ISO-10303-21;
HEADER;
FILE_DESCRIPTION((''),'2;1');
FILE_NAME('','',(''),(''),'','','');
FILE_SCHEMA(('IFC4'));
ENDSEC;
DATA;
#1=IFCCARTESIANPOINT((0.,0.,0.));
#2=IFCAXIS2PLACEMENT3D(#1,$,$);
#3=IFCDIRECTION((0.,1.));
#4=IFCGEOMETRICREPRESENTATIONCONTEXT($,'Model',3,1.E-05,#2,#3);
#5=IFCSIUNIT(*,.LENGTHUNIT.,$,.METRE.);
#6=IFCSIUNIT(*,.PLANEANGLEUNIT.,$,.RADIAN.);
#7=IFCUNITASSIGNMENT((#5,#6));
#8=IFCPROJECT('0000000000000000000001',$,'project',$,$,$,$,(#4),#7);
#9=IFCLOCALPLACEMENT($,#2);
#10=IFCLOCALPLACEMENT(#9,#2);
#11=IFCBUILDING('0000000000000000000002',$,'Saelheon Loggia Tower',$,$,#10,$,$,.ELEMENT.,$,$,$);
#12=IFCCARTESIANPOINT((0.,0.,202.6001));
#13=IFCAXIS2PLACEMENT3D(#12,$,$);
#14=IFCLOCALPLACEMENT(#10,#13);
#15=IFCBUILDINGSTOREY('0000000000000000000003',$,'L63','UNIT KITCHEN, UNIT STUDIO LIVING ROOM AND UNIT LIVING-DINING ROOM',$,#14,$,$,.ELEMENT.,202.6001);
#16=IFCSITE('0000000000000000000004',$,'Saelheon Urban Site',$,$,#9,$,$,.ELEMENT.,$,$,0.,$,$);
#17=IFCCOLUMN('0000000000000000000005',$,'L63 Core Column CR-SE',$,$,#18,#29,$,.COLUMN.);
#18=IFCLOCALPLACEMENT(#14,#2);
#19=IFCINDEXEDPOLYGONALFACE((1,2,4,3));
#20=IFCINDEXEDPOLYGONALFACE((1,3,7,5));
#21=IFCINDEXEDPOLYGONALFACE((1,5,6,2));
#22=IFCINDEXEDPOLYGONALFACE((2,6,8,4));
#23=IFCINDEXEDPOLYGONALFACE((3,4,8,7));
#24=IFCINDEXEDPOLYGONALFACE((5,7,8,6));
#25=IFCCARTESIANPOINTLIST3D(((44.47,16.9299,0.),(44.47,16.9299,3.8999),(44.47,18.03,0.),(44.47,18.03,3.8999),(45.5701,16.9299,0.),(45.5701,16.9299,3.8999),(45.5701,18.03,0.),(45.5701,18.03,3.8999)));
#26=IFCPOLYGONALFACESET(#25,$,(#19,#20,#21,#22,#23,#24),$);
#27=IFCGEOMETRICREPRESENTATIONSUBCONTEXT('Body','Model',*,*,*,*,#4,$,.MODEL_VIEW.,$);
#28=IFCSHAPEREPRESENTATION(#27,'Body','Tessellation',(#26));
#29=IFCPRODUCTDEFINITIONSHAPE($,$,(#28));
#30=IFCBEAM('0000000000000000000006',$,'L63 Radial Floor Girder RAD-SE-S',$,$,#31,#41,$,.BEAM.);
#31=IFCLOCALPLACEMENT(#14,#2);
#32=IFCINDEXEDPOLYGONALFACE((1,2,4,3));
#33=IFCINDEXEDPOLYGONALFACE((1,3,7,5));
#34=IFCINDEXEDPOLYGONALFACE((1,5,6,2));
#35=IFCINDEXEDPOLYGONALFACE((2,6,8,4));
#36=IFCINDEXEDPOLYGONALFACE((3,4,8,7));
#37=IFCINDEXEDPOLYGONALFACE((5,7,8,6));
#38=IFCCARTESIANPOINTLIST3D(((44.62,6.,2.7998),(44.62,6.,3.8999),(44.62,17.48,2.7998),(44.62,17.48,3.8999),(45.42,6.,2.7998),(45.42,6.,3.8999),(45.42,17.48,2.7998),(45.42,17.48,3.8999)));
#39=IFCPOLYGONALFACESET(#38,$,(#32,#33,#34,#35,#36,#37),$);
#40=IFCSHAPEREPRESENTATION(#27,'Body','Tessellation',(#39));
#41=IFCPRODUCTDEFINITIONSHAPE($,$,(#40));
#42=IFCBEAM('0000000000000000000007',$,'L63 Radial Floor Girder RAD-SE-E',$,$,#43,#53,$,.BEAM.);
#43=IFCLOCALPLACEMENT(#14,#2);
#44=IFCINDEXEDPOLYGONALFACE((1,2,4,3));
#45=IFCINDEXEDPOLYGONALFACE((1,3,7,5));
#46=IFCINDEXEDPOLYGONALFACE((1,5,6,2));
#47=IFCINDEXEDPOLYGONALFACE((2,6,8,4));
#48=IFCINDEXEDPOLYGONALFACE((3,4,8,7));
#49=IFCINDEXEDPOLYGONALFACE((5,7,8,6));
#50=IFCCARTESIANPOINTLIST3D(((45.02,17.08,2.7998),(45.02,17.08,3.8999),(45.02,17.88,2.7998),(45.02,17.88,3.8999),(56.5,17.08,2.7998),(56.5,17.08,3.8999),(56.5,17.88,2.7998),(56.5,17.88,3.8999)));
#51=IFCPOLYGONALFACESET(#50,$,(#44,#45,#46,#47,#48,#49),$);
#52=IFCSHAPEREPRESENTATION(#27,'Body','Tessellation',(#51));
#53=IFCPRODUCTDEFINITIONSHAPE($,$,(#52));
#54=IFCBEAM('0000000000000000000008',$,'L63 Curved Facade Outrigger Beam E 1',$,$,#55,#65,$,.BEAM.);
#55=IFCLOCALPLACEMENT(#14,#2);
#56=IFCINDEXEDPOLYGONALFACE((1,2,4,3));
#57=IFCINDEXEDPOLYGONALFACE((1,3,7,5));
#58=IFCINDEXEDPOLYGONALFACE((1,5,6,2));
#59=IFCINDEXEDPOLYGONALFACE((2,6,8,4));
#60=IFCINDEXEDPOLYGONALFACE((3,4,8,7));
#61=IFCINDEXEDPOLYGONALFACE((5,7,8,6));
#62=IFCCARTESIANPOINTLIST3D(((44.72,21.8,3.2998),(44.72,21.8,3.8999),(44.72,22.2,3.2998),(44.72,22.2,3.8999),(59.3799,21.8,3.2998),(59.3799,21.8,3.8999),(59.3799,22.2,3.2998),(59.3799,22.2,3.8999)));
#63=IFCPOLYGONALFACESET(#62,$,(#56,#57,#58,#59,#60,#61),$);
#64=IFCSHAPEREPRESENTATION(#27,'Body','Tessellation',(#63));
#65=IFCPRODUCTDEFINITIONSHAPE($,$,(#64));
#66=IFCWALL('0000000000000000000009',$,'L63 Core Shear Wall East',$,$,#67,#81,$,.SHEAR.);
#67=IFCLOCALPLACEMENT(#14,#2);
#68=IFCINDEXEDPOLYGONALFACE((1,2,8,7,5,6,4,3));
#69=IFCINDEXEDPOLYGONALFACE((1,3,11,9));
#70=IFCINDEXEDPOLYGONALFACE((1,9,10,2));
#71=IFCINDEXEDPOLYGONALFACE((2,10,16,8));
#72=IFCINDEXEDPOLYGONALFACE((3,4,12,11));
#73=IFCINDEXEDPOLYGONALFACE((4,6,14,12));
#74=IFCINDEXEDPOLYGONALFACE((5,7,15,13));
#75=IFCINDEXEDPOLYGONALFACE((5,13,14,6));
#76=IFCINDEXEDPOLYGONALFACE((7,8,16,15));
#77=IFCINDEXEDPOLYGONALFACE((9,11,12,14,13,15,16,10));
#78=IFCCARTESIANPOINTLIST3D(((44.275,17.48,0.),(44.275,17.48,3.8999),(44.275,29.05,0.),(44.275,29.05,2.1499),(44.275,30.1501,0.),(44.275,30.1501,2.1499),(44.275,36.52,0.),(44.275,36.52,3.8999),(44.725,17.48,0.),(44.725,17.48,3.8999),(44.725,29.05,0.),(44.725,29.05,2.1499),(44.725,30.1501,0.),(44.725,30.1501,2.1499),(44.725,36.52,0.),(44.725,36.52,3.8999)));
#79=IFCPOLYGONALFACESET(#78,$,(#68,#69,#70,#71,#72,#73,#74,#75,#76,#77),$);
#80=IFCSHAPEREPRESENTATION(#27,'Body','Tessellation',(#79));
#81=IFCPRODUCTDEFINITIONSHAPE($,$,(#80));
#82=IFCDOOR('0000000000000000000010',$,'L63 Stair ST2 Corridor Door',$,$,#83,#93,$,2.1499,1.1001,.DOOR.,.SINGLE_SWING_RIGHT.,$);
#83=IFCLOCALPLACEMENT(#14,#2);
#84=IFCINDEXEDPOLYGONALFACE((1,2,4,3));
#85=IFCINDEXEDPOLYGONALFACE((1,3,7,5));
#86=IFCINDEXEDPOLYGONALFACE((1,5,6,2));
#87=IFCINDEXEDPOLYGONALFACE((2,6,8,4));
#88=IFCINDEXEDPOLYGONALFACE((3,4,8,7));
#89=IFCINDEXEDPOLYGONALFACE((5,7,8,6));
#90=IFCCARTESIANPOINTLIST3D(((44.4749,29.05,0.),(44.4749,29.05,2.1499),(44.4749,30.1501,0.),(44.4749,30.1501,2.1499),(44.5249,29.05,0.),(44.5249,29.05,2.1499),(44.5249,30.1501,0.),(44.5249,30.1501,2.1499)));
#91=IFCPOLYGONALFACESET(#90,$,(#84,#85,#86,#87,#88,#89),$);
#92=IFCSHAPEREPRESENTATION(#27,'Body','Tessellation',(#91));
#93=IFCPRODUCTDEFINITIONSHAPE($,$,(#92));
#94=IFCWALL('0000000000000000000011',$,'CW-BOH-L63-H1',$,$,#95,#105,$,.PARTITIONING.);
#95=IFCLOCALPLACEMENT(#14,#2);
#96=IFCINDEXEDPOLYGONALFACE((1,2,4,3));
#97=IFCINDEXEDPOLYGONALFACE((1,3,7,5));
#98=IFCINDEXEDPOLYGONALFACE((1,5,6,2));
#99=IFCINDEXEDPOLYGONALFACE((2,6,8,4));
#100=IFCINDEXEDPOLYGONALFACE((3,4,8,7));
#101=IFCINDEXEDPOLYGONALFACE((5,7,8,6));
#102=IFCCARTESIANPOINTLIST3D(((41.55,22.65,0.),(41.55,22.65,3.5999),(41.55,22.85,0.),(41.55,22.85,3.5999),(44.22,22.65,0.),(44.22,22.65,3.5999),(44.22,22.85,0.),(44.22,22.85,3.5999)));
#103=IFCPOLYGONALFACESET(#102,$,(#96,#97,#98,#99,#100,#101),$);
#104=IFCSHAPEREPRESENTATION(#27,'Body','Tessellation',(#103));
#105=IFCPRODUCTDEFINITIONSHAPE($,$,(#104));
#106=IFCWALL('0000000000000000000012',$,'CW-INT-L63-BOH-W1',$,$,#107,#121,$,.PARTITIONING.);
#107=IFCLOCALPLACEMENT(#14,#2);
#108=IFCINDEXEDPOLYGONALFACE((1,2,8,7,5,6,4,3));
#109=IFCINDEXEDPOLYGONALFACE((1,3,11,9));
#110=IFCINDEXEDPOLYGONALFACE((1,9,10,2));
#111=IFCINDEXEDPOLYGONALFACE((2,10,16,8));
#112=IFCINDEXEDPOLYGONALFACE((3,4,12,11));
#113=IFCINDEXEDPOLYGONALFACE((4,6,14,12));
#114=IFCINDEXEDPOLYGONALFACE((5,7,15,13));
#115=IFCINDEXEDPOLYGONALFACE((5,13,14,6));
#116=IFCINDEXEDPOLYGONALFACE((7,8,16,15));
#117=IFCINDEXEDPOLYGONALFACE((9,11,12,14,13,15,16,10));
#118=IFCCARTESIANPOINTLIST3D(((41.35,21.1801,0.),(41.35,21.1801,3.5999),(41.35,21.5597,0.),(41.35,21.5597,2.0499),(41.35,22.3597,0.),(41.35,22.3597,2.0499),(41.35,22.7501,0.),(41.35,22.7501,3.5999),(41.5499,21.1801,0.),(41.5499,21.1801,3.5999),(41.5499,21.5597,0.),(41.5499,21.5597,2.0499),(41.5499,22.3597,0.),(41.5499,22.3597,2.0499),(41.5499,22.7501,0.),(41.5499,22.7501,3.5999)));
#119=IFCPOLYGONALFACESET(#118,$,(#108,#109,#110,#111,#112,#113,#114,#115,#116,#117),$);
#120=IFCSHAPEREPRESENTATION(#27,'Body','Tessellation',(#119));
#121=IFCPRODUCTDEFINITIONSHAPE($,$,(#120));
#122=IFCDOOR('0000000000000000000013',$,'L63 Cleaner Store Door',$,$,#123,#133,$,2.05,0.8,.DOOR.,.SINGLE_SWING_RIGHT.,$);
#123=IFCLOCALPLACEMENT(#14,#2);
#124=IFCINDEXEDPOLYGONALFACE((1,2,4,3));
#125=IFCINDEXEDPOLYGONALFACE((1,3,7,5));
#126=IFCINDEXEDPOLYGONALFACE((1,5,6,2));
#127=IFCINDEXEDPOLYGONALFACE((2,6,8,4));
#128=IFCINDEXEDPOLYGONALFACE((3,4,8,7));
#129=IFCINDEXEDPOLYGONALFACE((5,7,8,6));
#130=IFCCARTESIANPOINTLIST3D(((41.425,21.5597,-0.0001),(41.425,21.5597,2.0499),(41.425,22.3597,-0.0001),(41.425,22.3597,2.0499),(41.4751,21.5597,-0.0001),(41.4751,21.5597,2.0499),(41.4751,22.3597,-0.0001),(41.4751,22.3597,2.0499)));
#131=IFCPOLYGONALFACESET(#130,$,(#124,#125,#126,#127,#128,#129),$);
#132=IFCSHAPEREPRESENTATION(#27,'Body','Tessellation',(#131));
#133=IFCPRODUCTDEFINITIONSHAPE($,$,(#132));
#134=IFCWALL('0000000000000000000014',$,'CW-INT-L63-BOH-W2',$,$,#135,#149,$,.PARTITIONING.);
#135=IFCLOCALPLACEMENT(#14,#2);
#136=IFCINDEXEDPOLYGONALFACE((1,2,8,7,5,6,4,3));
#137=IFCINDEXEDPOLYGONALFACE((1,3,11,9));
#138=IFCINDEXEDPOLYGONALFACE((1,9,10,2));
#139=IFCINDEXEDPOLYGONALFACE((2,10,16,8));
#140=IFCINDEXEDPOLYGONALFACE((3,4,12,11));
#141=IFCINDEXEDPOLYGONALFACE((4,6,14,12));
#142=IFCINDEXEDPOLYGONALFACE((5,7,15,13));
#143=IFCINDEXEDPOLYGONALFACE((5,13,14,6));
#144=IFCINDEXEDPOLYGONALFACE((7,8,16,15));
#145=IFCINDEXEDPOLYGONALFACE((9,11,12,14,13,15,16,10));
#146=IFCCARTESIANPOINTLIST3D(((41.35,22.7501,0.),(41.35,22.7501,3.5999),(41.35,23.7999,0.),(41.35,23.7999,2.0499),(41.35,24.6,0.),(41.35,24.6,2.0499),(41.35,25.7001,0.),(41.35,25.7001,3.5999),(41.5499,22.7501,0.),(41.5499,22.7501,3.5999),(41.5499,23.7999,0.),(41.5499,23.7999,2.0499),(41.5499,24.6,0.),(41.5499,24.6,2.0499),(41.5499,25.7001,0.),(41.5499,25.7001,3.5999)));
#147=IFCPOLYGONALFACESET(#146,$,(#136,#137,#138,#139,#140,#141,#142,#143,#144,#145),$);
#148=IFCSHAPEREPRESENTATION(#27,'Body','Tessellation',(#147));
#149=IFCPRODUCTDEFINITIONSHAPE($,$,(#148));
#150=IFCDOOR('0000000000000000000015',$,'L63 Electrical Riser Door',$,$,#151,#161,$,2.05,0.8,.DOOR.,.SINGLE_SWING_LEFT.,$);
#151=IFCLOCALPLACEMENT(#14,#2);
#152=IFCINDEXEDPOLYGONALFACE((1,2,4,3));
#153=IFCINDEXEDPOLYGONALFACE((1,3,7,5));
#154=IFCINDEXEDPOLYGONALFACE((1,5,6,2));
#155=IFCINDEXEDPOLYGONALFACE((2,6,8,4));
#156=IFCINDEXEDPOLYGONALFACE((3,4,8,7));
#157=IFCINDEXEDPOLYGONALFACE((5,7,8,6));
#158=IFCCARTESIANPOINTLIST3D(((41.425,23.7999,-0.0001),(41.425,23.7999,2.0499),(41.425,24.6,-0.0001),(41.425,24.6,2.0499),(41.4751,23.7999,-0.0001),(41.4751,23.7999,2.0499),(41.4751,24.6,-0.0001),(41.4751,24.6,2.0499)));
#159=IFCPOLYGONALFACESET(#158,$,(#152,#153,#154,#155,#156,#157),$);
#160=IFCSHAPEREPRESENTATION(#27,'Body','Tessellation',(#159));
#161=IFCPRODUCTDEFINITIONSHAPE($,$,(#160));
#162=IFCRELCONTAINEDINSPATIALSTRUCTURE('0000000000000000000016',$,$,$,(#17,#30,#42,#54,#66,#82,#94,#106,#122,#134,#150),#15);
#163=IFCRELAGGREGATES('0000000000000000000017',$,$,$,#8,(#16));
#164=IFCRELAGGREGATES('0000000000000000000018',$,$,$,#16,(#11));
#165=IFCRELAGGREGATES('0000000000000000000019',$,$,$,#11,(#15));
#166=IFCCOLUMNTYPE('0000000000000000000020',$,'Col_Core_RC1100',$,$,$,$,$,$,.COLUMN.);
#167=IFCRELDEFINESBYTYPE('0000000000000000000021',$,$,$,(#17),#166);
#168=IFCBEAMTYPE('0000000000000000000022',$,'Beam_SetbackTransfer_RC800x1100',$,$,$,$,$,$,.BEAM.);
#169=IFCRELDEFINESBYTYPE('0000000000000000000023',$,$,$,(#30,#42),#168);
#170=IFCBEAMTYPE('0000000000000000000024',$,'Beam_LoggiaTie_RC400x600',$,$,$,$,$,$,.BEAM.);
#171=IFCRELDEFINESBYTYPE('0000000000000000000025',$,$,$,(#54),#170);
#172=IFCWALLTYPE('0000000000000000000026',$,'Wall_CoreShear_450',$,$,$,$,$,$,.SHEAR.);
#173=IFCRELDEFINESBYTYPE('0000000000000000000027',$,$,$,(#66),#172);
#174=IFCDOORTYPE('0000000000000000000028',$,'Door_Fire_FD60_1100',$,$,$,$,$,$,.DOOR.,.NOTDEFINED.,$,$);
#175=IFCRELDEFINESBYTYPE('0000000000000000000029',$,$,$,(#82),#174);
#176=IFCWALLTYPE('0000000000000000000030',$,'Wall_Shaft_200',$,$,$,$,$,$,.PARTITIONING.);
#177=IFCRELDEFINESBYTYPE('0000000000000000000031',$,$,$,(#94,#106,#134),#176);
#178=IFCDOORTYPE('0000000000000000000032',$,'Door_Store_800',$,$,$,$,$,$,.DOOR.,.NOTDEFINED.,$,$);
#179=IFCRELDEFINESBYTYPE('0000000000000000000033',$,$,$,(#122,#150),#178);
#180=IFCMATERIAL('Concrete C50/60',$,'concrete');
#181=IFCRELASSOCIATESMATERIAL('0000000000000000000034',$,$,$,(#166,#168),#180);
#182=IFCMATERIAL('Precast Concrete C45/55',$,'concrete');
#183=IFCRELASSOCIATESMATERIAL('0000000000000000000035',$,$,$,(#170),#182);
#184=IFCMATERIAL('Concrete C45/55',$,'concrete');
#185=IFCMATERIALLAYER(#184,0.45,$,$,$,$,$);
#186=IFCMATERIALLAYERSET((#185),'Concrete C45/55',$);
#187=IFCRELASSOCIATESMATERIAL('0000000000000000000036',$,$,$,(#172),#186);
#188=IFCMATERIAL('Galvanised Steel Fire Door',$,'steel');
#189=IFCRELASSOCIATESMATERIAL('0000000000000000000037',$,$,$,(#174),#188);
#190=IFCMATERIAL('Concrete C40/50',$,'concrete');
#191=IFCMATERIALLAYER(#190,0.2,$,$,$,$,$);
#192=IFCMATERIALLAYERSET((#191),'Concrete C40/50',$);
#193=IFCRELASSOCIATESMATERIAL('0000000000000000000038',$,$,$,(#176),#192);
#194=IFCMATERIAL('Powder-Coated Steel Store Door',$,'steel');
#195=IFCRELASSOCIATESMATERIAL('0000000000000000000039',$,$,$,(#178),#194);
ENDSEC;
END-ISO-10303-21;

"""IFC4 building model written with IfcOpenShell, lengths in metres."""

from ifc_helpers import new_model, si_unit, direction, frame, frame_2d, origin, origin_2d, place, context, subcontext, project, spatial, rectangle, extrude, source, transform, mapped, material, layer, layer_set, material_profile, profile_set, type_object, element, fill, save


model = new_model("IFC4")

# Units and contexts
model_context = context("Model", 3, precision=1e-05, world=origin(), true_north=direction((0.0, 1.0)))
body_context = subcontext(model_context, "Body", "Model", "MODEL_VIEW")
ifc_project = project(units=[si_unit("LENGTHUNIT", "METRE"), si_unit("PLANEANGLEUNIT", "RADIAN")], contexts=[model_context])

# Site, building, storey
site_placement = place(None, origin())
site = spatial("IfcSite", under=ifc_project, at=site_placement, Name="Saelheon Urban Site", CompositionType="ELEMENT", RefElevation=0.0)
building_placement = place(site_placement, origin())
building = spatial("IfcBuilding", under=site, at=building_placement, Name="Saelheon Loggia Tower", CompositionType="ELEMENT")
storey_placement = place(building_placement, frame((0.0, 0.0, 202.6001)))
storey = spatial("IfcBuildingStorey", under=building, at=storey_placement, Name="L63", Description="UNIT KITCHEN, UNIT STUDIO LIVING ROOM AND UNIT LIVING-DINING ROOM", CompositionType="ELEMENT", Elevation=202.6001)

# Column
ifc_material_1 = material(Name="Concrete C50/60", Category="concrete")
ifc_material_profile_1 = material_profile(ifc_material_1, rectangle(XDim=1.1001, YDim=1.1001, at=origin_2d()), Name="RC-1100x1100")
ifc_profile_set_1 = profile_set([ifc_material_profile_1], Name="Concrete C50/60")
column_type = type_object("IfcColumnType", Name="Col_Core_RC1100", PredefinedType="COLUMN", material=ifc_profile_set_1)
shared_shape_1 = source(origin(), body_context, "Body", "SweptSolid", [
    extrude(rectangle(XDim=1.1001, YDim=1.1001, at=origin_2d()), origin(), (0.0, 0.0, 1.0), 3.8999),
])
column_placement = place(storey_placement, frame((45.02, 17.48, 0.0), z_axis=(0.0, 0.0, 1.0), x_axis=(1.0, 0.0, 0.0)))
element("IfcColumn", 1, at=column_placement, inside=storey, type_object=column_type, Name="L63 Core Column CR-SE", PredefinedType="COLUMN", context=body_context, shape_type="MappedRepresentation", body=[
    mapped(shared_shape_1, transform((0.0, 0.0, 0.0), scale=1.0)),
])

# Beams
ifc_material_profile_2 = material_profile(ifc_material_1, rectangle(XDim=0.8, YDim=1.1001, at=origin_2d()), Name="RC-800x1100")
ifc_profile_set_2 = profile_set([ifc_material_profile_2], Name="Concrete C50/60")
beam_type_1 = type_object("IfcBeamType", Name="Beam_SetbackTransfer_RC800x1100", PredefinedType="BEAM", material=ifc_profile_set_2)
shared_shape_2 = source(origin(), body_context, "Body", "SweptSolid", [
    extrude(rectangle(XDim=0.8, YDim=1.1001, at=origin_2d()), origin(), (0.0, 0.0, 1.0), 11.48),
])
for number, where, z_axis, x_axis, name in (
    (2, (45.02, 17.48, 3.3499), (0.0, -1.0, 0.0), (1.0, 0.0, 0.0), "L63 Radial Floor Girder RAD-SE-S"),
    (3, (45.02, 17.48, 3.3499), (1.0, 0.0, 0.0), (0.0, 1.0, 0.0), "L63 Radial Floor Girder RAD-SE-E"),
):
    element("IfcBeam", number, at=place(storey_placement, frame(where, z_axis=z_axis, x_axis=x_axis)), inside=storey, type_object=beam_type_1, Name=name, PredefinedType="BEAM", context=body_context, shape_type="MappedRepresentation", body=[
        mapped(shared_shape_2, transform((0.0, 0.0, 0.0), scale=1.0)),
    ])
ifc_material_2 = material(Name="Precast Concrete C45/55", Category="concrete")
ifc_material_profile_3 = material_profile(ifc_material_2, rectangle(XDim=0.3999, YDim=0.6001, at=origin_2d()), Name="RC-400x600")
ifc_profile_set_3 = profile_set([ifc_material_profile_3], Name="Precast Concrete C45/55")
beam_type_2 = type_object("IfcBeamType", Name="Beam_LoggiaTie_RC400x600", PredefinedType="BEAM", material=ifc_profile_set_3)
shared_shape_3 = source(origin(), body_context, "Body", "SweptSolid", [
    extrude(rectangle(XDim=0.3999, YDim=0.6001, at=origin_2d()), origin(), (0.0, 0.0, 1.0), 14.6599),
])
beam_placement = place(storey_placement, frame((44.72, 22.0, 3.5999), z_axis=(1.0, 0.0, 0.0), x_axis=(0.0, 1.0, 0.0)))
element("IfcBeam", 4, at=beam_placement, inside=storey, type_object=beam_type_2, Name="L63 Curved Facade Outrigger Beam E 1", PredefinedType="BEAM", context=body_context, shape_type="MappedRepresentation", body=[
    mapped(shared_shape_3, transform((0.0, 0.0, 0.0), scale=1.0)),
])

# Wall, opening, door
ifc_material_3 = material(Name="Concrete C45/55", Category="concrete")
ifc_layer_1 = layer(ifc_material_3, 0.45)
ifc_layer_set_1 = layer_set([ifc_layer_1], Name="Concrete C45/55")
wall_type_1 = type_object("IfcWallType", Name="Wall_CoreShear_450", PredefinedType="SHEAR", material=ifc_layer_set_1)
wall_1_placement = place(storey_placement, frame((44.5, 17.48, 0.0), z_axis=(0.0, 0.0, 1.0), x_axis=(0.0, 1.0, 0.0)))
wall_1 = element("IfcWall", 5, at=wall_1_placement, inside=storey, type_object=wall_type_1, Name="L63 Core Shear Wall East", PredefinedType="SHEAR", context=body_context, shape_type="SweptSolid", body=[
    extrude(rectangle(XDim=19.04, YDim=0.45, at=frame_2d((9.52, 0.0))), origin(), (0.0, 0.0, 1.0), 3.8999),
])
opening_1_placement = place(wall_1_placement, frame((12.6702, 0.0, 0.0), z_axis=(0.0, 0.0, 1.0), x_axis=(-1.0, 0.0, 0.0)))
opening_1 = element("IfcOpeningElement", 6, at=opening_1_placement, cuts=wall_1, PredefinedType="OPENING", context=body_context, shape_type="SweptSolid", body=[
    extrude(rectangle(XDim=1.1001, YDim=2.1499, at=frame_2d((0.55, 1.075))), frame((0.0, 0.2371, 0.0), z_axis=(0.0, -1.0, 0.0), x_axis=(1.0, 0.0, 0.0)), (0.0, 0.0, 1.0), 0.4739),
])
ifc_material_4 = material(Name="Galvanised Steel Fire Door", Category="steel")
door_type_1 = type_object("IfcDoorType", Name="Door_Fire_FD60_1100", OperationType="NOTDEFINED", PredefinedType="DOOR", material=ifc_material_4)
shared_shape_4 = source(origin(), body_context, "Body", "SweptSolid", [
    extrude(rectangle(XDim=1.1001, YDim=2.1499, at=frame_2d((0.55, 1.075))), frame((0.0, 0.0249, 0.0), z_axis=(0.0, -1.0, 0.0), x_axis=(1.0, 0.0, 0.0)), (0.0, 0.0, 1.0), 0.05),
])
door_1_placement = place(opening_1_placement, origin())
door_1 = element("IfcDoor", 7, at=door_1_placement, inside=storey, type_object=door_type_1, Name="L63 Stair ST2 Corridor Door", OperationType="SINGLE_SWING_RIGHT", OverallHeight=2.1499, OverallWidth=1.1001, PredefinedType="DOOR", context=body_context, shape_type="MappedRepresentation", body=[
    mapped(shared_shape_4, transform((0.0, 0.0, 0.0), scale=1.0)),
])
fill(opening_1, door_1)

# Wall
ifc_material_5 = material(Name="Concrete C40/50", Category="concrete")
ifc_layer_2 = layer(ifc_material_5, 0.2)
ifc_layer_set_2 = layer_set([ifc_layer_2], Name="Concrete C40/50")
wall_type_2 = type_object("IfcWallType", Name="Wall_Shaft_200", PredefinedType="PARTITIONING", material=ifc_layer_set_2)
wall_2_placement = place(storey_placement, frame((41.55, 22.75, 0.0), z_axis=(0.0, 0.0, 1.0), x_axis=(1.0, 0.0, 0.0)))
element("IfcWall", 8, at=wall_2_placement, inside=storey, type_object=wall_type_2, Name="CW-BOH-L63-H1", PredefinedType="PARTITIONING", context=body_context, shape_type="SweptSolid", body=[
    extrude(rectangle(XDim=2.6699, YDim=0.2, at=frame_2d((1.335, 0.0))), origin(), (0.0, 0.0, 1.0), 3.5999),
])

# Walls, openings, doors
wall_3_placement = place(storey_placement, frame((41.45, 21.1799, 0.0), z_axis=(0.0, 0.0, 1.0), x_axis=(0.0, 1.0, 0.0)))
wall_3 = element("IfcWall", 9, at=wall_3_placement, inside=storey, type_object=wall_type_2, Name="CW-INT-L63-BOH-W1", PredefinedType="PARTITIONING", context=body_context, shape_type="SweptSolid", body=[
    extrude(rectangle(XDim=1.5701, YDim=0.2, at=frame_2d((0.7852, 0.0))), origin(), (0.0, 0.0, 1.0), 3.5999),
])
opening_2_placement = place(wall_3_placement, frame((0.3799, 0.0, 0.0)))
opening_2 = element("IfcOpeningElement", 10, at=opening_2_placement, cuts=wall_3, PredefinedType="OPENING", context=body_context, shape_type="SweptSolid", body=[
    extrude(rectangle(XDim=0.8, YDim=2.05, at=frame_2d((0.3999, 1.0249))), frame((0.0, 0.1121, 0.0), z_axis=(0.0, -1.0, 0.0), x_axis=(1.0, 0.0, 0.0)), (0.0, 0.0, 1.0), 0.2239),
])
ifc_material_6 = material(Name="Powder-Coated Steel Store Door", Category="steel")
door_type_2 = type_object("IfcDoorType", Name="Door_Store_800", OperationType="NOTDEFINED", PredefinedType="DOOR", material=ifc_material_6)
shared_shape_5 = source(origin(), body_context, "Body", "SweptSolid", [
    extrude(rectangle(XDim=0.8, YDim=2.05, at=frame_2d((0.3999, 1.0249))), frame((0.0, 0.0249, 0.0), z_axis=(0.0, -1.0, 0.0), x_axis=(1.0, 0.0, 0.0)), (0.0, 0.0, 1.0), 0.05),
])
door_2_placement = place(opening_2_placement, origin())
door_2 = element("IfcDoor", 11, at=door_2_placement, inside=storey, type_object=door_type_2, Name="L63 Cleaner Store Door", OperationType="SINGLE_SWING_RIGHT", OverallHeight=2.05, OverallWidth=0.8, PredefinedType="DOOR", context=body_context, shape_type="MappedRepresentation", body=[
    mapped(shared_shape_5, transform((0.0, 0.0, 0.0), scale=1.0)),
])
fill(opening_2, door_2)
wall_4_placement = place(storey_placement, frame((41.45, 22.75, 0.0), z_axis=(0.0, 0.0, 1.0), x_axis=(0.0, 1.0, 0.0)))
wall_4 = element("IfcWall", 12, at=wall_4_placement, inside=storey, type_object=wall_type_2, Name="CW-INT-L63-BOH-W2", PredefinedType="PARTITIONING", context=body_context, shape_type="SweptSolid", body=[
    extrude(rectangle(XDim=2.95, YDim=0.2, at=frame_2d((1.4751, 0.0))), origin(), (0.0, 0.0, 1.0), 3.5999),
])
opening_3_placement = place(wall_4_placement, frame((1.05, 0.0, 0.0)))
opening_3 = element("IfcOpeningElement", 13, at=opening_3_placement, cuts=wall_4, PredefinedType="OPENING", context=body_context, shape_type="SweptSolid", body=[
    extrude(rectangle(XDim=0.8, YDim=2.05, at=frame_2d((0.3999, 1.0249))), frame((0.0, 0.1121, 0.0), z_axis=(0.0, -1.0, 0.0), x_axis=(1.0, 0.0, 0.0)), (0.0, 0.0, 1.0), 0.2239),
])
door_3_placement = place(opening_3_placement, origin())
door_3 = element("IfcDoor", 14, at=door_3_placement, inside=storey, type_object=door_type_2, Name="L63 Electrical Riser Door", OperationType="SINGLE_SWING_LEFT", OverallHeight=2.05, OverallWidth=0.8, PredefinedType="DOOR", context=body_context, shape_type="MappedRepresentation", body=[
    mapped(shared_shape_5, transform((0.0, 0.0, 0.0), scale=1.0)),
])
fill(opening_3, door_3)

save(model, "model.ifc")
